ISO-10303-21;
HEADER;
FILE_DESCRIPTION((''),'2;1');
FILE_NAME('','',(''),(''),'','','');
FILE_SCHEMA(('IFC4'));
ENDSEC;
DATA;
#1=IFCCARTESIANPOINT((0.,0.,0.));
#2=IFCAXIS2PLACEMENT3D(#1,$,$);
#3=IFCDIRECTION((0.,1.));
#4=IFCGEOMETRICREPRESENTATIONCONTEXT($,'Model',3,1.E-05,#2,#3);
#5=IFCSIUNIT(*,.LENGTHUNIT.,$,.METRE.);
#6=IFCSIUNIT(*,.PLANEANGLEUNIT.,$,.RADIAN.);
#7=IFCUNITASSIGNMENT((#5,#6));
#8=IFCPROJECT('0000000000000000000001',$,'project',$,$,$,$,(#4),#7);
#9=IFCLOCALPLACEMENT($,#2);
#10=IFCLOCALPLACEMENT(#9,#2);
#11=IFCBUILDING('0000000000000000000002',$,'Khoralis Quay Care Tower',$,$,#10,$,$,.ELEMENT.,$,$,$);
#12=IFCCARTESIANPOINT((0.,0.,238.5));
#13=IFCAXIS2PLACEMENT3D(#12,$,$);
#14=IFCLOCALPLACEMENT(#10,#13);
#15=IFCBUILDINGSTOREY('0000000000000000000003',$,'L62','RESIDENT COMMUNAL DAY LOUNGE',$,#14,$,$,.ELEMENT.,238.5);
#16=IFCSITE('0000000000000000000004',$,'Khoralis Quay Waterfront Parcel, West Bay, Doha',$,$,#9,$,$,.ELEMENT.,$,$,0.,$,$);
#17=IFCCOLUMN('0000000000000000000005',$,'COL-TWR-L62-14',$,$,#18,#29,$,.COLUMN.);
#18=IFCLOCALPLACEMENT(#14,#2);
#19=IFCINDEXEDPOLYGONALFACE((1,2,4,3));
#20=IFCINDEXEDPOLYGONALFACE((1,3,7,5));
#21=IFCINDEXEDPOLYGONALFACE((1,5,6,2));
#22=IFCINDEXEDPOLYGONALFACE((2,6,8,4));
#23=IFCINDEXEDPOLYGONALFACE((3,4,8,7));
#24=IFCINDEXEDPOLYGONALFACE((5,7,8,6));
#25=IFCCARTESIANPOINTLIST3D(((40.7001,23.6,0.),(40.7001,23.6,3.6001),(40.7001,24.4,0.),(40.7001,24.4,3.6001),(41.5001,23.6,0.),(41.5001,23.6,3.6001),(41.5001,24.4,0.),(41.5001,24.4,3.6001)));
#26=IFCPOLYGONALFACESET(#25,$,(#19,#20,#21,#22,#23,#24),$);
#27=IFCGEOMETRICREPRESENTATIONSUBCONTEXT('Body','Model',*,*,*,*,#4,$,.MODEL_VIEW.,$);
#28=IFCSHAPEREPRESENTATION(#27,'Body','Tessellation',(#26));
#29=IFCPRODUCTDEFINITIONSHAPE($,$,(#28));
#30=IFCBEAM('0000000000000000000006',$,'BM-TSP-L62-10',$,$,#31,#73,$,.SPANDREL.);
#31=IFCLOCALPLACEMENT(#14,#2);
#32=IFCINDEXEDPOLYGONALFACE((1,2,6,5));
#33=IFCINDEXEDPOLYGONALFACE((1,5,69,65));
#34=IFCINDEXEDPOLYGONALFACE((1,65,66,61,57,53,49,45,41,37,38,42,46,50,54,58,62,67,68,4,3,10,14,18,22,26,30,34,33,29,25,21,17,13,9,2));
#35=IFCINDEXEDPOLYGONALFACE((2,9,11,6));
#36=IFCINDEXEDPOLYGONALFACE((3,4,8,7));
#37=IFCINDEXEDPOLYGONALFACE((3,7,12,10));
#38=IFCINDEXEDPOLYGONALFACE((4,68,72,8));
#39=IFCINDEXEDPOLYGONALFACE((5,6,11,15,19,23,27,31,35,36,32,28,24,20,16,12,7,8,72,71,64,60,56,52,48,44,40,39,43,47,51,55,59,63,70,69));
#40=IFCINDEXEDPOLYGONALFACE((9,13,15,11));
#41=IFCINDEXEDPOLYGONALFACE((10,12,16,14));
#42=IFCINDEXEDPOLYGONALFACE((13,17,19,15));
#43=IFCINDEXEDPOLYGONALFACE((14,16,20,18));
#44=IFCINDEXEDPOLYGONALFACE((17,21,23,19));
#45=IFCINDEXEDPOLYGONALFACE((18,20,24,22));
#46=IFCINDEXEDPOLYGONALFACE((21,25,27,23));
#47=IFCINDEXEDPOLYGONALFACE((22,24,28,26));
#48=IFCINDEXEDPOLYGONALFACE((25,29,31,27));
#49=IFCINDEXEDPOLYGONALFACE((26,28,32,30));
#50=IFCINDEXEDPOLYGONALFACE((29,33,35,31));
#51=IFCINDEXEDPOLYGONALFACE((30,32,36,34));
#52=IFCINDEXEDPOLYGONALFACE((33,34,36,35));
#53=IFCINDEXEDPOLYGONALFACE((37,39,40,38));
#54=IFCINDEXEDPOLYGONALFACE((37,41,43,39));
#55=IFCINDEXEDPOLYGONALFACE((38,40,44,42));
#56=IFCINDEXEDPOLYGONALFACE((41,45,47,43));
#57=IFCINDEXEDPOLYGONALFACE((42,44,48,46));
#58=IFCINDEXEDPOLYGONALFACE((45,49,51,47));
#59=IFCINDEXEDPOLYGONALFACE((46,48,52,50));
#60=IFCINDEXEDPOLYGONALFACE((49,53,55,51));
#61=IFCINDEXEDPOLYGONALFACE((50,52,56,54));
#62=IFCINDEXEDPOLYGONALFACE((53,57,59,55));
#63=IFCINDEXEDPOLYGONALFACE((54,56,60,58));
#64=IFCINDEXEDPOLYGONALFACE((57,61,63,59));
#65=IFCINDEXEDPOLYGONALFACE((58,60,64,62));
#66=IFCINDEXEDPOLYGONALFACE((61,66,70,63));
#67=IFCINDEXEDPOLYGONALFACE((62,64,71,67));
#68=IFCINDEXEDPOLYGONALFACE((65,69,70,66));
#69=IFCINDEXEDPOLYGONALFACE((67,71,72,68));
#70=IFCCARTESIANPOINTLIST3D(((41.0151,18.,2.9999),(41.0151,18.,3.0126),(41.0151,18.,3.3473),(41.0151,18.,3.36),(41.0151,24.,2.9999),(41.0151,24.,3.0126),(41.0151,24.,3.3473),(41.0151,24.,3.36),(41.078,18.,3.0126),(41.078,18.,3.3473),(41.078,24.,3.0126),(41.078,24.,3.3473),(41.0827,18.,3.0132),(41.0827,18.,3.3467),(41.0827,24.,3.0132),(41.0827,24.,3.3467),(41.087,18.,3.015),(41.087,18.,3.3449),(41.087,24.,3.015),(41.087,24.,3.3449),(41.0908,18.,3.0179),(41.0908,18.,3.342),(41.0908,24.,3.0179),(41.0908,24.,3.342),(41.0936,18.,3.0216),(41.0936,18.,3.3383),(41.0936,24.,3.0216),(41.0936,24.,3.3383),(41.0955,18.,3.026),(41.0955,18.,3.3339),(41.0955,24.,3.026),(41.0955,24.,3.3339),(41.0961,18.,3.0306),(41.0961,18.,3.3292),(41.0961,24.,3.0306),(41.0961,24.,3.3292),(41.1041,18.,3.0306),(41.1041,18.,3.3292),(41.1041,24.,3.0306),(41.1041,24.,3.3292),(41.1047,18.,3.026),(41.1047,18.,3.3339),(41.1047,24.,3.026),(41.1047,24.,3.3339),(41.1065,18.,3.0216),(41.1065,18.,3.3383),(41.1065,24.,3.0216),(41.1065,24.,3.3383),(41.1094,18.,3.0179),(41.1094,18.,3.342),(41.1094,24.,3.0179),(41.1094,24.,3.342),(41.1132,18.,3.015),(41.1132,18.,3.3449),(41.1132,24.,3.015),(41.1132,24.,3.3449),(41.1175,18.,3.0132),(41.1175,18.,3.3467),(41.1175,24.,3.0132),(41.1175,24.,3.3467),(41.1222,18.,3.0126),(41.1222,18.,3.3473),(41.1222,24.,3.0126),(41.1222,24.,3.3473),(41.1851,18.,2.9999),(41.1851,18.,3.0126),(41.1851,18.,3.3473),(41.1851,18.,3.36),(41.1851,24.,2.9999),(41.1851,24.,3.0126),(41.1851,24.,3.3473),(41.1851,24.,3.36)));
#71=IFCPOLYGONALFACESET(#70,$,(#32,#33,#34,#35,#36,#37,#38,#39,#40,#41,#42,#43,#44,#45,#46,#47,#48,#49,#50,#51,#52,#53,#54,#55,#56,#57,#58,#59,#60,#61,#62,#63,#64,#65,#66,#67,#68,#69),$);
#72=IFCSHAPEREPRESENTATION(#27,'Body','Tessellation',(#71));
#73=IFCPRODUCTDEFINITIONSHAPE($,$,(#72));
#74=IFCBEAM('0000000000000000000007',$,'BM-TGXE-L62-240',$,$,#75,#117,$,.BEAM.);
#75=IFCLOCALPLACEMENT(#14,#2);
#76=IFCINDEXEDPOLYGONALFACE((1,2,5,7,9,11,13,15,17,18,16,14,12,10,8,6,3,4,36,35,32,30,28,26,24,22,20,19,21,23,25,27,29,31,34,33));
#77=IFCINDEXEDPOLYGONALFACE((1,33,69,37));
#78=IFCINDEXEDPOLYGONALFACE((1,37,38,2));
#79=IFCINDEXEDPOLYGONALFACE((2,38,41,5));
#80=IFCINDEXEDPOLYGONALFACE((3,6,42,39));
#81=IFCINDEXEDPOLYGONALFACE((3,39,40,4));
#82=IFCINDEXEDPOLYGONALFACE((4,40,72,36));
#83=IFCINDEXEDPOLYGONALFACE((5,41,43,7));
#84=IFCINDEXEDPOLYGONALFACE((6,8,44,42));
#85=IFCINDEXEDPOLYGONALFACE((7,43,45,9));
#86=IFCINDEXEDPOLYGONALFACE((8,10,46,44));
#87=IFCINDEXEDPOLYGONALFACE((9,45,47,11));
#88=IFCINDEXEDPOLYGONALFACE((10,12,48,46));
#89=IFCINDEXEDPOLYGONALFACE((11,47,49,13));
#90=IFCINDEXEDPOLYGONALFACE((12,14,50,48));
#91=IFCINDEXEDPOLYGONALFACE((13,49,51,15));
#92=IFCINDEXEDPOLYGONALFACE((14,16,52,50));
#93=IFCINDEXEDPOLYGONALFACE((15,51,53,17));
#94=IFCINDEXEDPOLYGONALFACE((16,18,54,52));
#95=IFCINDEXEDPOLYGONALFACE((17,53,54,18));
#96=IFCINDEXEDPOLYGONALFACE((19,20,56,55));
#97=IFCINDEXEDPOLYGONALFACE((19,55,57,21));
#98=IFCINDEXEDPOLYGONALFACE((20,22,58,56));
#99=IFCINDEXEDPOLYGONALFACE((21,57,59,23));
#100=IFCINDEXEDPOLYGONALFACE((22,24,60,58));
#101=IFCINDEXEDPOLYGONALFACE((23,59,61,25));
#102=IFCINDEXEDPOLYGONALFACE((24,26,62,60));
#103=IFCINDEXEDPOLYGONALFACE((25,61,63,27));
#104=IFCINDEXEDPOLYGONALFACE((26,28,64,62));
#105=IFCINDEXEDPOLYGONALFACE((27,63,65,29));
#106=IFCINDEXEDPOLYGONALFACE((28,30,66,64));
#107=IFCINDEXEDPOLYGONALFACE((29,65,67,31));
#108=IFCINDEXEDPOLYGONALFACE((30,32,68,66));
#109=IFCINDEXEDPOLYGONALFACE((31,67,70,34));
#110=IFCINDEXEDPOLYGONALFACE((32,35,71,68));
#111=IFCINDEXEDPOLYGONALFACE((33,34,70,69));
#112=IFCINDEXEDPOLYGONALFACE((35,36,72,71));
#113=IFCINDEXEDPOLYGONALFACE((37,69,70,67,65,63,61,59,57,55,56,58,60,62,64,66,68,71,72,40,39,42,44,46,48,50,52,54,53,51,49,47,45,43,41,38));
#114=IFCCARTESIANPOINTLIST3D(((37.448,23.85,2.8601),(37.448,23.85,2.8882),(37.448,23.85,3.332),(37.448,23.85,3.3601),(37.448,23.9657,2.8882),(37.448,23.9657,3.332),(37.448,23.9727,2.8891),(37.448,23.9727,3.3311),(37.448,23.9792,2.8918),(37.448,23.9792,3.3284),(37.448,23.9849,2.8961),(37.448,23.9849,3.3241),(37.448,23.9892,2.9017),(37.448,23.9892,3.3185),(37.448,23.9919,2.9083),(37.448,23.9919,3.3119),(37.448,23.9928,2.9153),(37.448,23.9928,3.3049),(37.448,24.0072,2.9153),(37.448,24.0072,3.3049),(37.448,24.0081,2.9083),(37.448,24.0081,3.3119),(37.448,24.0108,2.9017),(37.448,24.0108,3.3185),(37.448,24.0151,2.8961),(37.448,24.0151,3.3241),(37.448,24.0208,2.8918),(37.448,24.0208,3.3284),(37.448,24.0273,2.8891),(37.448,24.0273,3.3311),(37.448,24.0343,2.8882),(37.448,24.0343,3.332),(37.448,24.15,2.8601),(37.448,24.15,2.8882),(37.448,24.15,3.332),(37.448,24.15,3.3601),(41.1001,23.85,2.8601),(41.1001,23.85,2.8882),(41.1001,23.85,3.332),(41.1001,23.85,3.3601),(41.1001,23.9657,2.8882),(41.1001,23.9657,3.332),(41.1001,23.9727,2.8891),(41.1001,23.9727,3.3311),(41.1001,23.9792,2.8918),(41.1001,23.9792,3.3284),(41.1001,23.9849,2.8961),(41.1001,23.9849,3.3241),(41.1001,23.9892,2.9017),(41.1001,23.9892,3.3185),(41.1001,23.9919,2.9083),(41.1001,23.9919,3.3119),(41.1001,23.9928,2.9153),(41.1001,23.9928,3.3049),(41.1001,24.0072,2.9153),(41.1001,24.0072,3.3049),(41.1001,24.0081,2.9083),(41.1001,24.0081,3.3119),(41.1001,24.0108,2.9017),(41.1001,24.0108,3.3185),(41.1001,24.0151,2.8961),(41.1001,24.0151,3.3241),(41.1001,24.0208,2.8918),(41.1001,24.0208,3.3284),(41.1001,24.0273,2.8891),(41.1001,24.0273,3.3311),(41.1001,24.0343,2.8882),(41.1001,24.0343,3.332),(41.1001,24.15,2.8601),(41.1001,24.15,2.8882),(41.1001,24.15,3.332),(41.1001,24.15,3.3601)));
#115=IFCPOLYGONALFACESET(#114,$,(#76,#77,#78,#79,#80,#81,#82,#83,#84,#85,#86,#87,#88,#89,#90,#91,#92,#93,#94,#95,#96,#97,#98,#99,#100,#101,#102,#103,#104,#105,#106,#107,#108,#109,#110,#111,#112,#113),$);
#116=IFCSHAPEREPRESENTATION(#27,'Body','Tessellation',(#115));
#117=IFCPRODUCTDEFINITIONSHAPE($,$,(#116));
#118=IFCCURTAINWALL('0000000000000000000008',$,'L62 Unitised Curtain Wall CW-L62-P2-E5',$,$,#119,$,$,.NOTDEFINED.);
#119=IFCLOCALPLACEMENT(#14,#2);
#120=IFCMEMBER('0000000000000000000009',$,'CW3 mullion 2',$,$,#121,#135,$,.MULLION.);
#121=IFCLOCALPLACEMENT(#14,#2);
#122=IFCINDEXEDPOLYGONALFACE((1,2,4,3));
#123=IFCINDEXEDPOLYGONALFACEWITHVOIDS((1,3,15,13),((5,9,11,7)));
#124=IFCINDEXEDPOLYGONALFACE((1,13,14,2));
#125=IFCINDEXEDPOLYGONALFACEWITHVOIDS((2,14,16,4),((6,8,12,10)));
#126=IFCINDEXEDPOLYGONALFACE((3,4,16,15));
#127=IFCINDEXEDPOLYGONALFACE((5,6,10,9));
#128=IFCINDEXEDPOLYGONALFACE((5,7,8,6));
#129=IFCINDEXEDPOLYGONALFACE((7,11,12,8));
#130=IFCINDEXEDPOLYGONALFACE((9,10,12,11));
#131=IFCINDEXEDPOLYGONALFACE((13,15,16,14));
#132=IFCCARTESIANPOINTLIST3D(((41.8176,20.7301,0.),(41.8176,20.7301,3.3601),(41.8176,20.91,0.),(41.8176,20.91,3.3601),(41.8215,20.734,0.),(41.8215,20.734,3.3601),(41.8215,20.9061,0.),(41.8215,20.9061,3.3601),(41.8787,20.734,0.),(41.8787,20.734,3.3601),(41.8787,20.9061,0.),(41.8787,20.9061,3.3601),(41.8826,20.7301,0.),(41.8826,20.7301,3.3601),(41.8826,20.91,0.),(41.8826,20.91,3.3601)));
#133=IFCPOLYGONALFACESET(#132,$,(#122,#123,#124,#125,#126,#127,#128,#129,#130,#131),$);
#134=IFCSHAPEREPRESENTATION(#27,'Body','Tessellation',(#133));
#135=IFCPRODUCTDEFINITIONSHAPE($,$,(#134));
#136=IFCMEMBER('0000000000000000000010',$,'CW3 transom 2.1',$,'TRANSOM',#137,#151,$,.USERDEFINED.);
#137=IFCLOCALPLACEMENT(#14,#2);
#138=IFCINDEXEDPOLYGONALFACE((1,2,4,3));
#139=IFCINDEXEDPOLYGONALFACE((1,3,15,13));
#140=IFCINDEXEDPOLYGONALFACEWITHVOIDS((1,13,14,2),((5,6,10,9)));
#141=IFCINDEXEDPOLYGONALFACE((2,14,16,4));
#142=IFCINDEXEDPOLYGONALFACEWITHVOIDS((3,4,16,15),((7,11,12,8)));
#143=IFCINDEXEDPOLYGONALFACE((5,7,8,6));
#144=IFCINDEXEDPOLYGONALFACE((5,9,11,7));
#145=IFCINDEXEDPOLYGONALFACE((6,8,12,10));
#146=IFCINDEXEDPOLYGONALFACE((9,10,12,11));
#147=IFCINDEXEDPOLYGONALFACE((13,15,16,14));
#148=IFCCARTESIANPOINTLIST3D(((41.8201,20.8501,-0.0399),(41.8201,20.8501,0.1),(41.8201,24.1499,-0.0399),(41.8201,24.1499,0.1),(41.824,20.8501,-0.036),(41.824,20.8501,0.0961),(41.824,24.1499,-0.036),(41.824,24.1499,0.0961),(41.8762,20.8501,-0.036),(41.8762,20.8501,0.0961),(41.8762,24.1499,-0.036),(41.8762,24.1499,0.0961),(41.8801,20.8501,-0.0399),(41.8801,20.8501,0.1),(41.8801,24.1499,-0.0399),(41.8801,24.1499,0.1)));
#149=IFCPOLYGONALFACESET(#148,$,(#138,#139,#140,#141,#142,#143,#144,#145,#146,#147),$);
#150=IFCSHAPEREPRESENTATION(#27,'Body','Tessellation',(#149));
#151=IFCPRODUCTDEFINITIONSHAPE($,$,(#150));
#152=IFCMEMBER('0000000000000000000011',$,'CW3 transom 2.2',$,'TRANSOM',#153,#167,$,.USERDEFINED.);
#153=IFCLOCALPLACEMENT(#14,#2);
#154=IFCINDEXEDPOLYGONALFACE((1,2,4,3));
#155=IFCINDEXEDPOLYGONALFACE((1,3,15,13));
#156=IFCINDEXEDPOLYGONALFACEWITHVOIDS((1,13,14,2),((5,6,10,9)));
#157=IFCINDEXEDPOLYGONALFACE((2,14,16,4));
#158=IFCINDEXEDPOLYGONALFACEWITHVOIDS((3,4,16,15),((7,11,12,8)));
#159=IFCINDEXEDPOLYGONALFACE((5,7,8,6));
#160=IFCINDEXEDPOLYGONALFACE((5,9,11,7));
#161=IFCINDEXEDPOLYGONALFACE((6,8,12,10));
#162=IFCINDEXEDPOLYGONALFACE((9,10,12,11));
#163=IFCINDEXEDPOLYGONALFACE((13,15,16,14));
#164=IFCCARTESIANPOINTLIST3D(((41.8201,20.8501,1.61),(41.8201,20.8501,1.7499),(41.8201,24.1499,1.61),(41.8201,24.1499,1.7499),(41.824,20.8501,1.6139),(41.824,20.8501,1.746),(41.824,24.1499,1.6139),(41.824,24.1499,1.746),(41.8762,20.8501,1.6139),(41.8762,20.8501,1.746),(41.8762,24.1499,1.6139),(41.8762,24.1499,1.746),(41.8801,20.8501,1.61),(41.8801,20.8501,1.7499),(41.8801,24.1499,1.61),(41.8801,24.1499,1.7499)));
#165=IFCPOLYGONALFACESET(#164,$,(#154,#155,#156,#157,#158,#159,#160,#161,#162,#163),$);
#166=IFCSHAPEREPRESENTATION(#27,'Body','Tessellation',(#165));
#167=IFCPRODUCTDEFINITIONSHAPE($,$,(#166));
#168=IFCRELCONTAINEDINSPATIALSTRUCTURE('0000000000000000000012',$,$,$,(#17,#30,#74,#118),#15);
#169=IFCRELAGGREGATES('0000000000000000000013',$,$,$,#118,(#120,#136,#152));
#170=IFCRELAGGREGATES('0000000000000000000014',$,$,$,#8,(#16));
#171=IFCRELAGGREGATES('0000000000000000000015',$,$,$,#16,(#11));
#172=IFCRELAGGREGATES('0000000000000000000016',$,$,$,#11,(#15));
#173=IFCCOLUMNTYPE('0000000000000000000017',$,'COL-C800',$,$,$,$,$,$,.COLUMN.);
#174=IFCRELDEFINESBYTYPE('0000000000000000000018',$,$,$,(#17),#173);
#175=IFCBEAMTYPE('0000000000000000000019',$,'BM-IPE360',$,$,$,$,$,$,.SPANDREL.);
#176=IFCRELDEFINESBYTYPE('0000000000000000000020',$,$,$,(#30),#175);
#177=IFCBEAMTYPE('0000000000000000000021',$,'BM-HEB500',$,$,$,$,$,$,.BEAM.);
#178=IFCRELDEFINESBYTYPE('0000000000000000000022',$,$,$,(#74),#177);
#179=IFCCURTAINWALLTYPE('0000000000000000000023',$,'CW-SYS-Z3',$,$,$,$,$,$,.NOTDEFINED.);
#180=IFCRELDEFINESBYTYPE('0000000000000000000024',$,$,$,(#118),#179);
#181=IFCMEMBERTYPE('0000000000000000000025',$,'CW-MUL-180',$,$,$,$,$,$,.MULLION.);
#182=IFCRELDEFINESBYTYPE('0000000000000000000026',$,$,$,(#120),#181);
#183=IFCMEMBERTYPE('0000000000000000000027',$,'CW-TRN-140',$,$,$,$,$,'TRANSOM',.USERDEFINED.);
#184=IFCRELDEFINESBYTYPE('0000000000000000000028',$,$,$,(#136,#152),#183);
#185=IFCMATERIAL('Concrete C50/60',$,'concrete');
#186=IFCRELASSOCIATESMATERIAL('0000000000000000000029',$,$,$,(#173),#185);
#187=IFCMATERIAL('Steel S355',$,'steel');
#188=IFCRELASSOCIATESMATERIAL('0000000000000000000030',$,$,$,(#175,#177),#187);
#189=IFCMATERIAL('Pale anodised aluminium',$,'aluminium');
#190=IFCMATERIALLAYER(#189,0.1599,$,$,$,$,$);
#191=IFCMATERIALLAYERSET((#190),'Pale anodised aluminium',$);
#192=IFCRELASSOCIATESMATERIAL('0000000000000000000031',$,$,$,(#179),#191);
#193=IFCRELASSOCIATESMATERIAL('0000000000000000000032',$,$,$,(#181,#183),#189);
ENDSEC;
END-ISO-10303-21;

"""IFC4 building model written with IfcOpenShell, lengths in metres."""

from ifc_helpers import new_model, si_unit, direction, frame, origin, origin_2d, place, context, subcontext, project, spatial, rectangle, hollow_rectangle, i_section, extrude, source, transform, mapped, material, layer, layer_set, material_profile, profile_set, type_object, element, aggregate, save


model = new_model("IFC4")

# Units and contexts
model_context = context("Model", 3, precision=1e-05, world=origin(), true_north=direction((0.0, 1.0)))
body_context = subcontext(model_context, "Body", "Model", "MODEL_VIEW")
ifc_project = project(units=[si_unit("LENGTHUNIT", "METRE"), si_unit("PLANEANGLEUNIT", "RADIAN")], contexts=[model_context])

# Site, building, storey
site_placement = place(None, origin())
site = spatial("IfcSite", under=ifc_project, at=site_placement, Name="Khoralis Quay Waterfront Parcel, West Bay, Doha", CompositionType="ELEMENT", RefElevation=0.0)
building_placement = place(site_placement, origin())
building = spatial("IfcBuilding", under=site, at=building_placement, Name="Khoralis Quay Care Tower", CompositionType="ELEMENT")
storey_placement = place(building_placement, frame((0.0, 0.0, 238.5)))
storey = spatial("IfcBuildingStorey", under=building, at=storey_placement, Name="L62", Description="RESIDENT COMMUNAL DAY LOUNGE", CompositionType="ELEMENT", Elevation=238.5)

# Column
ifc_material_1 = material(Name="Concrete C50/60", Category="concrete")
ifc_material_profile_1 = material_profile(ifc_material_1, rectangle(XDim=0.8, YDim=0.8, at=origin_2d()), Name="Concrete C50/60")
ifc_profile_set_1 = profile_set([ifc_material_profile_1], Name="Concrete C50/60")
column_type = type_object("IfcColumnType", Name="COL-C800", PredefinedType="COLUMN", material=ifc_profile_set_1)
shared_shape_1 = source(origin(), body_context, "Body", "SweptSolid", [
    extrude(rectangle(XDim=0.8, YDim=0.8, at=origin_2d()), origin(), (0.0, 0.0, 1.0), 3.6001),
])
column_placement = place(storey_placement, frame((41.1001, 24.0, 0.0), z_axis=(0.0, 0.0, 1.0), x_axis=(1.0, 0.0, 0.0)))
element("IfcColumn", 1, at=column_placement, inside=storey, type_object=column_type, Name="COL-TWR-L62-14", PredefinedType="COLUMN", context=body_context, shape_type="MappedRepresentation", body=[
    mapped(shared_shape_1, transform((0.0, 0.0, 0.0), scale=1.0)),
])

# Beams
ifc_material_2 = material(Name="Steel S355", Category="steel")
ifc_material_profile_2 = material_profile(ifc_material_2, i_section(OverallWidth=0.1699, OverallDepth=0.3601, WebThickness=0.0081, FlangeThickness=0.0127, FilletRadius=0.0181, at=origin_2d()), Name="Steel S355")
ifc_profile_set_2 = profile_set([ifc_material_profile_2], Name="Steel S355")
beam_type_1 = type_object("IfcBeamType", Name="BM-IPE360", PredefinedType="SPANDREL", material=ifc_profile_set_2)
shared_shape_2 = source(origin(), body_context, "Body", "SweptSolid", [
    extrude(i_section(OverallWidth=0.1699, OverallDepth=0.3601, WebThickness=0.0081, FlangeThickness=0.0127, FilletRadius=0.0181, at=origin_2d()), origin(), (0.0, 0.0, 1.0), 6.0),
])
beam_1_placement = place(storey_placement, frame((41.1001, 18.0, 3.1799), z_axis=(0.0, 1.0, 0.0), x_axis=(-1.0, 0.0, 0.0)))
element("IfcBeam", 2, at=beam_1_placement, inside=storey, type_object=beam_type_1, Name="BM-TSP-L62-10", PredefinedType="SPANDREL", context=body_context, shape_type="MappedRepresentation", body=[
    mapped(shared_shape_2, transform((0.0, 0.0, 0.0), scale=1.0)),
])
ifc_material_profile_3 = material_profile(ifc_material_2, i_section(OverallWidth=0.3, OverallDepth=0.5, WebThickness=0.0144, FlangeThickness=0.0281, FilletRadius=0.0271, at=origin_2d()), Name="Steel S355")
ifc_profile_set_3 = profile_set([ifc_material_profile_3], Name="Steel S355")
beam_type_2 = type_object("IfcBeamType", Name="BM-HEB500", PredefinedType="BEAM", material=ifc_profile_set_3)
shared_shape_3 = source(origin(), body_context, "Body", "SweptSolid", [
    extrude(i_section(OverallWidth=0.3, OverallDepth=0.5, WebThickness=0.0144, FlangeThickness=0.0281, FilletRadius=0.0271, at=origin_2d()), origin(), (0.0, 0.0, 1.0), 3.6521),
])
beam_2_placement = place(storey_placement, frame((37.448, 24.0, 3.1101), z_axis=(1.0, 0.0, 0.0), x_axis=(0.0, 1.0, 0.0)))
element("IfcBeam", 3, at=beam_2_placement, inside=storey, type_object=beam_type_2, Name="BM-TGXE-L62-240", PredefinedType="BEAM", context=body_context, shape_type="MappedRepresentation", body=[
    mapped(shared_shape_3, transform((0.0, 0.0, 0.0), scale=1.0)),
])

# Curtain wall, members
ifc_material_3 = material(Name="Pale anodised aluminium", Category="aluminium")
ifc_layer_1 = layer(ifc_material_3, 0.1599)
ifc_layer_set_1 = layer_set([ifc_layer_1], Name="Pale anodised aluminium")
curtain_wall_type = type_object("IfcCurtainWallType", Name="CW-SYS-Z3", PredefinedType="NOTDEFINED", material=ifc_layer_set_1)
curtain_wall_placement = place(storey_placement, origin())
curtain_wall = element("IfcCurtainWall", 4, at=curtain_wall_placement, inside=storey, type_object=curtain_wall_type, Name="L62 Unitised Curtain Wall CW-L62-P2-E5", PredefinedType="NOTDEFINED")
ifc_material_profile_4 = material_profile(ifc_material_3, hollow_rectangle(XDim=0.0649, YDim=0.1799, WallThickness=0.0039, at=origin_2d()), Name="Pale anodised aluminium")
ifc_profile_set_4 = profile_set([ifc_material_profile_4], Name="Pale anodised aluminium")
member_type_1 = type_object("IfcMemberType", Name="CW-MUL-180", PredefinedType="MULLION", material=ifc_profile_set_4)
shared_shape_4 = source(origin(), body_context, "Body", "SweptSolid", [
    extrude(hollow_rectangle(XDim=0.0649, YDim=0.1799, WallThickness=0.0039, at=origin_2d()), origin(), (0.0, 0.0, 1.0), 3.3601),
])
member_1_placement = place(storey_placement, frame((41.8501, 20.8201, 0.0), z_axis=(0.0, 0.0, 1.0), x_axis=(-1.0, 0.0, 0.0)))
member_1 = element("IfcMember", 5, at=member_1_placement, type_object=member_type_1, Name="CW3 mullion 2", PredefinedType="MULLION", context=body_context, shape_type="MappedRepresentation", body=[
    mapped(shared_shape_4, transform((0.0, 0.0, 0.0), scale=1.0)),
])
ifc_material_profile_5 = material_profile(ifc_material_3, hollow_rectangle(XDim=0.0601, YDim=0.1399, WallThickness=0.0039, at=origin_2d()), Name="Pale anodised aluminium")
ifc_profile_set_5 = profile_set([ifc_material_profile_5], Name="Pale anodised aluminium")
member_type_2 = type_object("IfcMemberType", Name="CW-TRN-140", ElementType="TRANSOM", PredefinedType="USERDEFINED", material=ifc_profile_set_5)
shared_shape_5 = source(origin(), body_context, "Body", "SweptSolid", [
    extrude(hollow_rectangle(XDim=0.0601, YDim=0.1399, WallThickness=0.0039, at=origin_2d()), origin(), (0.0, 0.0, 1.0), 3.2998),
])
member_2_placement = place(storey_placement, frame((41.8501, 20.8501, 0.03), z_axis=(0.0, 1.0, 0.0), x_axis=(-1.0, 0.0, 0.0)))
member_2 = element("IfcMember", 6, at=member_2_placement, type_object=member_type_2, Name="CW3 transom 2.1", ObjectType="TRANSOM", PredefinedType="USERDEFINED", context=body_context, shape_type="MappedRepresentation", body=[
    mapped(shared_shape_5, transform((0.0, 0.0, 0.0), scale=1.0)),
])
member_3_placement = place(storey_placement, frame((41.8501, 20.8501, 1.6799), z_axis=(0.0, 1.0, 0.0), x_axis=(-1.0, 0.0, 0.0)))
member_3 = element("IfcMember", 7, at=member_3_placement, type_object=member_type_2, Name="CW3 transom 2.2", ObjectType="TRANSOM", PredefinedType="USERDEFINED", context=body_context, shape_type="MappedRepresentation", body=[
    mapped(shared_shape_5, transform((0.0, 0.0, 0.0), scale=1.0)),
])
aggregate(curtain_wall, [member_1, member_2, member_3])

save(model, "model.ifc")
